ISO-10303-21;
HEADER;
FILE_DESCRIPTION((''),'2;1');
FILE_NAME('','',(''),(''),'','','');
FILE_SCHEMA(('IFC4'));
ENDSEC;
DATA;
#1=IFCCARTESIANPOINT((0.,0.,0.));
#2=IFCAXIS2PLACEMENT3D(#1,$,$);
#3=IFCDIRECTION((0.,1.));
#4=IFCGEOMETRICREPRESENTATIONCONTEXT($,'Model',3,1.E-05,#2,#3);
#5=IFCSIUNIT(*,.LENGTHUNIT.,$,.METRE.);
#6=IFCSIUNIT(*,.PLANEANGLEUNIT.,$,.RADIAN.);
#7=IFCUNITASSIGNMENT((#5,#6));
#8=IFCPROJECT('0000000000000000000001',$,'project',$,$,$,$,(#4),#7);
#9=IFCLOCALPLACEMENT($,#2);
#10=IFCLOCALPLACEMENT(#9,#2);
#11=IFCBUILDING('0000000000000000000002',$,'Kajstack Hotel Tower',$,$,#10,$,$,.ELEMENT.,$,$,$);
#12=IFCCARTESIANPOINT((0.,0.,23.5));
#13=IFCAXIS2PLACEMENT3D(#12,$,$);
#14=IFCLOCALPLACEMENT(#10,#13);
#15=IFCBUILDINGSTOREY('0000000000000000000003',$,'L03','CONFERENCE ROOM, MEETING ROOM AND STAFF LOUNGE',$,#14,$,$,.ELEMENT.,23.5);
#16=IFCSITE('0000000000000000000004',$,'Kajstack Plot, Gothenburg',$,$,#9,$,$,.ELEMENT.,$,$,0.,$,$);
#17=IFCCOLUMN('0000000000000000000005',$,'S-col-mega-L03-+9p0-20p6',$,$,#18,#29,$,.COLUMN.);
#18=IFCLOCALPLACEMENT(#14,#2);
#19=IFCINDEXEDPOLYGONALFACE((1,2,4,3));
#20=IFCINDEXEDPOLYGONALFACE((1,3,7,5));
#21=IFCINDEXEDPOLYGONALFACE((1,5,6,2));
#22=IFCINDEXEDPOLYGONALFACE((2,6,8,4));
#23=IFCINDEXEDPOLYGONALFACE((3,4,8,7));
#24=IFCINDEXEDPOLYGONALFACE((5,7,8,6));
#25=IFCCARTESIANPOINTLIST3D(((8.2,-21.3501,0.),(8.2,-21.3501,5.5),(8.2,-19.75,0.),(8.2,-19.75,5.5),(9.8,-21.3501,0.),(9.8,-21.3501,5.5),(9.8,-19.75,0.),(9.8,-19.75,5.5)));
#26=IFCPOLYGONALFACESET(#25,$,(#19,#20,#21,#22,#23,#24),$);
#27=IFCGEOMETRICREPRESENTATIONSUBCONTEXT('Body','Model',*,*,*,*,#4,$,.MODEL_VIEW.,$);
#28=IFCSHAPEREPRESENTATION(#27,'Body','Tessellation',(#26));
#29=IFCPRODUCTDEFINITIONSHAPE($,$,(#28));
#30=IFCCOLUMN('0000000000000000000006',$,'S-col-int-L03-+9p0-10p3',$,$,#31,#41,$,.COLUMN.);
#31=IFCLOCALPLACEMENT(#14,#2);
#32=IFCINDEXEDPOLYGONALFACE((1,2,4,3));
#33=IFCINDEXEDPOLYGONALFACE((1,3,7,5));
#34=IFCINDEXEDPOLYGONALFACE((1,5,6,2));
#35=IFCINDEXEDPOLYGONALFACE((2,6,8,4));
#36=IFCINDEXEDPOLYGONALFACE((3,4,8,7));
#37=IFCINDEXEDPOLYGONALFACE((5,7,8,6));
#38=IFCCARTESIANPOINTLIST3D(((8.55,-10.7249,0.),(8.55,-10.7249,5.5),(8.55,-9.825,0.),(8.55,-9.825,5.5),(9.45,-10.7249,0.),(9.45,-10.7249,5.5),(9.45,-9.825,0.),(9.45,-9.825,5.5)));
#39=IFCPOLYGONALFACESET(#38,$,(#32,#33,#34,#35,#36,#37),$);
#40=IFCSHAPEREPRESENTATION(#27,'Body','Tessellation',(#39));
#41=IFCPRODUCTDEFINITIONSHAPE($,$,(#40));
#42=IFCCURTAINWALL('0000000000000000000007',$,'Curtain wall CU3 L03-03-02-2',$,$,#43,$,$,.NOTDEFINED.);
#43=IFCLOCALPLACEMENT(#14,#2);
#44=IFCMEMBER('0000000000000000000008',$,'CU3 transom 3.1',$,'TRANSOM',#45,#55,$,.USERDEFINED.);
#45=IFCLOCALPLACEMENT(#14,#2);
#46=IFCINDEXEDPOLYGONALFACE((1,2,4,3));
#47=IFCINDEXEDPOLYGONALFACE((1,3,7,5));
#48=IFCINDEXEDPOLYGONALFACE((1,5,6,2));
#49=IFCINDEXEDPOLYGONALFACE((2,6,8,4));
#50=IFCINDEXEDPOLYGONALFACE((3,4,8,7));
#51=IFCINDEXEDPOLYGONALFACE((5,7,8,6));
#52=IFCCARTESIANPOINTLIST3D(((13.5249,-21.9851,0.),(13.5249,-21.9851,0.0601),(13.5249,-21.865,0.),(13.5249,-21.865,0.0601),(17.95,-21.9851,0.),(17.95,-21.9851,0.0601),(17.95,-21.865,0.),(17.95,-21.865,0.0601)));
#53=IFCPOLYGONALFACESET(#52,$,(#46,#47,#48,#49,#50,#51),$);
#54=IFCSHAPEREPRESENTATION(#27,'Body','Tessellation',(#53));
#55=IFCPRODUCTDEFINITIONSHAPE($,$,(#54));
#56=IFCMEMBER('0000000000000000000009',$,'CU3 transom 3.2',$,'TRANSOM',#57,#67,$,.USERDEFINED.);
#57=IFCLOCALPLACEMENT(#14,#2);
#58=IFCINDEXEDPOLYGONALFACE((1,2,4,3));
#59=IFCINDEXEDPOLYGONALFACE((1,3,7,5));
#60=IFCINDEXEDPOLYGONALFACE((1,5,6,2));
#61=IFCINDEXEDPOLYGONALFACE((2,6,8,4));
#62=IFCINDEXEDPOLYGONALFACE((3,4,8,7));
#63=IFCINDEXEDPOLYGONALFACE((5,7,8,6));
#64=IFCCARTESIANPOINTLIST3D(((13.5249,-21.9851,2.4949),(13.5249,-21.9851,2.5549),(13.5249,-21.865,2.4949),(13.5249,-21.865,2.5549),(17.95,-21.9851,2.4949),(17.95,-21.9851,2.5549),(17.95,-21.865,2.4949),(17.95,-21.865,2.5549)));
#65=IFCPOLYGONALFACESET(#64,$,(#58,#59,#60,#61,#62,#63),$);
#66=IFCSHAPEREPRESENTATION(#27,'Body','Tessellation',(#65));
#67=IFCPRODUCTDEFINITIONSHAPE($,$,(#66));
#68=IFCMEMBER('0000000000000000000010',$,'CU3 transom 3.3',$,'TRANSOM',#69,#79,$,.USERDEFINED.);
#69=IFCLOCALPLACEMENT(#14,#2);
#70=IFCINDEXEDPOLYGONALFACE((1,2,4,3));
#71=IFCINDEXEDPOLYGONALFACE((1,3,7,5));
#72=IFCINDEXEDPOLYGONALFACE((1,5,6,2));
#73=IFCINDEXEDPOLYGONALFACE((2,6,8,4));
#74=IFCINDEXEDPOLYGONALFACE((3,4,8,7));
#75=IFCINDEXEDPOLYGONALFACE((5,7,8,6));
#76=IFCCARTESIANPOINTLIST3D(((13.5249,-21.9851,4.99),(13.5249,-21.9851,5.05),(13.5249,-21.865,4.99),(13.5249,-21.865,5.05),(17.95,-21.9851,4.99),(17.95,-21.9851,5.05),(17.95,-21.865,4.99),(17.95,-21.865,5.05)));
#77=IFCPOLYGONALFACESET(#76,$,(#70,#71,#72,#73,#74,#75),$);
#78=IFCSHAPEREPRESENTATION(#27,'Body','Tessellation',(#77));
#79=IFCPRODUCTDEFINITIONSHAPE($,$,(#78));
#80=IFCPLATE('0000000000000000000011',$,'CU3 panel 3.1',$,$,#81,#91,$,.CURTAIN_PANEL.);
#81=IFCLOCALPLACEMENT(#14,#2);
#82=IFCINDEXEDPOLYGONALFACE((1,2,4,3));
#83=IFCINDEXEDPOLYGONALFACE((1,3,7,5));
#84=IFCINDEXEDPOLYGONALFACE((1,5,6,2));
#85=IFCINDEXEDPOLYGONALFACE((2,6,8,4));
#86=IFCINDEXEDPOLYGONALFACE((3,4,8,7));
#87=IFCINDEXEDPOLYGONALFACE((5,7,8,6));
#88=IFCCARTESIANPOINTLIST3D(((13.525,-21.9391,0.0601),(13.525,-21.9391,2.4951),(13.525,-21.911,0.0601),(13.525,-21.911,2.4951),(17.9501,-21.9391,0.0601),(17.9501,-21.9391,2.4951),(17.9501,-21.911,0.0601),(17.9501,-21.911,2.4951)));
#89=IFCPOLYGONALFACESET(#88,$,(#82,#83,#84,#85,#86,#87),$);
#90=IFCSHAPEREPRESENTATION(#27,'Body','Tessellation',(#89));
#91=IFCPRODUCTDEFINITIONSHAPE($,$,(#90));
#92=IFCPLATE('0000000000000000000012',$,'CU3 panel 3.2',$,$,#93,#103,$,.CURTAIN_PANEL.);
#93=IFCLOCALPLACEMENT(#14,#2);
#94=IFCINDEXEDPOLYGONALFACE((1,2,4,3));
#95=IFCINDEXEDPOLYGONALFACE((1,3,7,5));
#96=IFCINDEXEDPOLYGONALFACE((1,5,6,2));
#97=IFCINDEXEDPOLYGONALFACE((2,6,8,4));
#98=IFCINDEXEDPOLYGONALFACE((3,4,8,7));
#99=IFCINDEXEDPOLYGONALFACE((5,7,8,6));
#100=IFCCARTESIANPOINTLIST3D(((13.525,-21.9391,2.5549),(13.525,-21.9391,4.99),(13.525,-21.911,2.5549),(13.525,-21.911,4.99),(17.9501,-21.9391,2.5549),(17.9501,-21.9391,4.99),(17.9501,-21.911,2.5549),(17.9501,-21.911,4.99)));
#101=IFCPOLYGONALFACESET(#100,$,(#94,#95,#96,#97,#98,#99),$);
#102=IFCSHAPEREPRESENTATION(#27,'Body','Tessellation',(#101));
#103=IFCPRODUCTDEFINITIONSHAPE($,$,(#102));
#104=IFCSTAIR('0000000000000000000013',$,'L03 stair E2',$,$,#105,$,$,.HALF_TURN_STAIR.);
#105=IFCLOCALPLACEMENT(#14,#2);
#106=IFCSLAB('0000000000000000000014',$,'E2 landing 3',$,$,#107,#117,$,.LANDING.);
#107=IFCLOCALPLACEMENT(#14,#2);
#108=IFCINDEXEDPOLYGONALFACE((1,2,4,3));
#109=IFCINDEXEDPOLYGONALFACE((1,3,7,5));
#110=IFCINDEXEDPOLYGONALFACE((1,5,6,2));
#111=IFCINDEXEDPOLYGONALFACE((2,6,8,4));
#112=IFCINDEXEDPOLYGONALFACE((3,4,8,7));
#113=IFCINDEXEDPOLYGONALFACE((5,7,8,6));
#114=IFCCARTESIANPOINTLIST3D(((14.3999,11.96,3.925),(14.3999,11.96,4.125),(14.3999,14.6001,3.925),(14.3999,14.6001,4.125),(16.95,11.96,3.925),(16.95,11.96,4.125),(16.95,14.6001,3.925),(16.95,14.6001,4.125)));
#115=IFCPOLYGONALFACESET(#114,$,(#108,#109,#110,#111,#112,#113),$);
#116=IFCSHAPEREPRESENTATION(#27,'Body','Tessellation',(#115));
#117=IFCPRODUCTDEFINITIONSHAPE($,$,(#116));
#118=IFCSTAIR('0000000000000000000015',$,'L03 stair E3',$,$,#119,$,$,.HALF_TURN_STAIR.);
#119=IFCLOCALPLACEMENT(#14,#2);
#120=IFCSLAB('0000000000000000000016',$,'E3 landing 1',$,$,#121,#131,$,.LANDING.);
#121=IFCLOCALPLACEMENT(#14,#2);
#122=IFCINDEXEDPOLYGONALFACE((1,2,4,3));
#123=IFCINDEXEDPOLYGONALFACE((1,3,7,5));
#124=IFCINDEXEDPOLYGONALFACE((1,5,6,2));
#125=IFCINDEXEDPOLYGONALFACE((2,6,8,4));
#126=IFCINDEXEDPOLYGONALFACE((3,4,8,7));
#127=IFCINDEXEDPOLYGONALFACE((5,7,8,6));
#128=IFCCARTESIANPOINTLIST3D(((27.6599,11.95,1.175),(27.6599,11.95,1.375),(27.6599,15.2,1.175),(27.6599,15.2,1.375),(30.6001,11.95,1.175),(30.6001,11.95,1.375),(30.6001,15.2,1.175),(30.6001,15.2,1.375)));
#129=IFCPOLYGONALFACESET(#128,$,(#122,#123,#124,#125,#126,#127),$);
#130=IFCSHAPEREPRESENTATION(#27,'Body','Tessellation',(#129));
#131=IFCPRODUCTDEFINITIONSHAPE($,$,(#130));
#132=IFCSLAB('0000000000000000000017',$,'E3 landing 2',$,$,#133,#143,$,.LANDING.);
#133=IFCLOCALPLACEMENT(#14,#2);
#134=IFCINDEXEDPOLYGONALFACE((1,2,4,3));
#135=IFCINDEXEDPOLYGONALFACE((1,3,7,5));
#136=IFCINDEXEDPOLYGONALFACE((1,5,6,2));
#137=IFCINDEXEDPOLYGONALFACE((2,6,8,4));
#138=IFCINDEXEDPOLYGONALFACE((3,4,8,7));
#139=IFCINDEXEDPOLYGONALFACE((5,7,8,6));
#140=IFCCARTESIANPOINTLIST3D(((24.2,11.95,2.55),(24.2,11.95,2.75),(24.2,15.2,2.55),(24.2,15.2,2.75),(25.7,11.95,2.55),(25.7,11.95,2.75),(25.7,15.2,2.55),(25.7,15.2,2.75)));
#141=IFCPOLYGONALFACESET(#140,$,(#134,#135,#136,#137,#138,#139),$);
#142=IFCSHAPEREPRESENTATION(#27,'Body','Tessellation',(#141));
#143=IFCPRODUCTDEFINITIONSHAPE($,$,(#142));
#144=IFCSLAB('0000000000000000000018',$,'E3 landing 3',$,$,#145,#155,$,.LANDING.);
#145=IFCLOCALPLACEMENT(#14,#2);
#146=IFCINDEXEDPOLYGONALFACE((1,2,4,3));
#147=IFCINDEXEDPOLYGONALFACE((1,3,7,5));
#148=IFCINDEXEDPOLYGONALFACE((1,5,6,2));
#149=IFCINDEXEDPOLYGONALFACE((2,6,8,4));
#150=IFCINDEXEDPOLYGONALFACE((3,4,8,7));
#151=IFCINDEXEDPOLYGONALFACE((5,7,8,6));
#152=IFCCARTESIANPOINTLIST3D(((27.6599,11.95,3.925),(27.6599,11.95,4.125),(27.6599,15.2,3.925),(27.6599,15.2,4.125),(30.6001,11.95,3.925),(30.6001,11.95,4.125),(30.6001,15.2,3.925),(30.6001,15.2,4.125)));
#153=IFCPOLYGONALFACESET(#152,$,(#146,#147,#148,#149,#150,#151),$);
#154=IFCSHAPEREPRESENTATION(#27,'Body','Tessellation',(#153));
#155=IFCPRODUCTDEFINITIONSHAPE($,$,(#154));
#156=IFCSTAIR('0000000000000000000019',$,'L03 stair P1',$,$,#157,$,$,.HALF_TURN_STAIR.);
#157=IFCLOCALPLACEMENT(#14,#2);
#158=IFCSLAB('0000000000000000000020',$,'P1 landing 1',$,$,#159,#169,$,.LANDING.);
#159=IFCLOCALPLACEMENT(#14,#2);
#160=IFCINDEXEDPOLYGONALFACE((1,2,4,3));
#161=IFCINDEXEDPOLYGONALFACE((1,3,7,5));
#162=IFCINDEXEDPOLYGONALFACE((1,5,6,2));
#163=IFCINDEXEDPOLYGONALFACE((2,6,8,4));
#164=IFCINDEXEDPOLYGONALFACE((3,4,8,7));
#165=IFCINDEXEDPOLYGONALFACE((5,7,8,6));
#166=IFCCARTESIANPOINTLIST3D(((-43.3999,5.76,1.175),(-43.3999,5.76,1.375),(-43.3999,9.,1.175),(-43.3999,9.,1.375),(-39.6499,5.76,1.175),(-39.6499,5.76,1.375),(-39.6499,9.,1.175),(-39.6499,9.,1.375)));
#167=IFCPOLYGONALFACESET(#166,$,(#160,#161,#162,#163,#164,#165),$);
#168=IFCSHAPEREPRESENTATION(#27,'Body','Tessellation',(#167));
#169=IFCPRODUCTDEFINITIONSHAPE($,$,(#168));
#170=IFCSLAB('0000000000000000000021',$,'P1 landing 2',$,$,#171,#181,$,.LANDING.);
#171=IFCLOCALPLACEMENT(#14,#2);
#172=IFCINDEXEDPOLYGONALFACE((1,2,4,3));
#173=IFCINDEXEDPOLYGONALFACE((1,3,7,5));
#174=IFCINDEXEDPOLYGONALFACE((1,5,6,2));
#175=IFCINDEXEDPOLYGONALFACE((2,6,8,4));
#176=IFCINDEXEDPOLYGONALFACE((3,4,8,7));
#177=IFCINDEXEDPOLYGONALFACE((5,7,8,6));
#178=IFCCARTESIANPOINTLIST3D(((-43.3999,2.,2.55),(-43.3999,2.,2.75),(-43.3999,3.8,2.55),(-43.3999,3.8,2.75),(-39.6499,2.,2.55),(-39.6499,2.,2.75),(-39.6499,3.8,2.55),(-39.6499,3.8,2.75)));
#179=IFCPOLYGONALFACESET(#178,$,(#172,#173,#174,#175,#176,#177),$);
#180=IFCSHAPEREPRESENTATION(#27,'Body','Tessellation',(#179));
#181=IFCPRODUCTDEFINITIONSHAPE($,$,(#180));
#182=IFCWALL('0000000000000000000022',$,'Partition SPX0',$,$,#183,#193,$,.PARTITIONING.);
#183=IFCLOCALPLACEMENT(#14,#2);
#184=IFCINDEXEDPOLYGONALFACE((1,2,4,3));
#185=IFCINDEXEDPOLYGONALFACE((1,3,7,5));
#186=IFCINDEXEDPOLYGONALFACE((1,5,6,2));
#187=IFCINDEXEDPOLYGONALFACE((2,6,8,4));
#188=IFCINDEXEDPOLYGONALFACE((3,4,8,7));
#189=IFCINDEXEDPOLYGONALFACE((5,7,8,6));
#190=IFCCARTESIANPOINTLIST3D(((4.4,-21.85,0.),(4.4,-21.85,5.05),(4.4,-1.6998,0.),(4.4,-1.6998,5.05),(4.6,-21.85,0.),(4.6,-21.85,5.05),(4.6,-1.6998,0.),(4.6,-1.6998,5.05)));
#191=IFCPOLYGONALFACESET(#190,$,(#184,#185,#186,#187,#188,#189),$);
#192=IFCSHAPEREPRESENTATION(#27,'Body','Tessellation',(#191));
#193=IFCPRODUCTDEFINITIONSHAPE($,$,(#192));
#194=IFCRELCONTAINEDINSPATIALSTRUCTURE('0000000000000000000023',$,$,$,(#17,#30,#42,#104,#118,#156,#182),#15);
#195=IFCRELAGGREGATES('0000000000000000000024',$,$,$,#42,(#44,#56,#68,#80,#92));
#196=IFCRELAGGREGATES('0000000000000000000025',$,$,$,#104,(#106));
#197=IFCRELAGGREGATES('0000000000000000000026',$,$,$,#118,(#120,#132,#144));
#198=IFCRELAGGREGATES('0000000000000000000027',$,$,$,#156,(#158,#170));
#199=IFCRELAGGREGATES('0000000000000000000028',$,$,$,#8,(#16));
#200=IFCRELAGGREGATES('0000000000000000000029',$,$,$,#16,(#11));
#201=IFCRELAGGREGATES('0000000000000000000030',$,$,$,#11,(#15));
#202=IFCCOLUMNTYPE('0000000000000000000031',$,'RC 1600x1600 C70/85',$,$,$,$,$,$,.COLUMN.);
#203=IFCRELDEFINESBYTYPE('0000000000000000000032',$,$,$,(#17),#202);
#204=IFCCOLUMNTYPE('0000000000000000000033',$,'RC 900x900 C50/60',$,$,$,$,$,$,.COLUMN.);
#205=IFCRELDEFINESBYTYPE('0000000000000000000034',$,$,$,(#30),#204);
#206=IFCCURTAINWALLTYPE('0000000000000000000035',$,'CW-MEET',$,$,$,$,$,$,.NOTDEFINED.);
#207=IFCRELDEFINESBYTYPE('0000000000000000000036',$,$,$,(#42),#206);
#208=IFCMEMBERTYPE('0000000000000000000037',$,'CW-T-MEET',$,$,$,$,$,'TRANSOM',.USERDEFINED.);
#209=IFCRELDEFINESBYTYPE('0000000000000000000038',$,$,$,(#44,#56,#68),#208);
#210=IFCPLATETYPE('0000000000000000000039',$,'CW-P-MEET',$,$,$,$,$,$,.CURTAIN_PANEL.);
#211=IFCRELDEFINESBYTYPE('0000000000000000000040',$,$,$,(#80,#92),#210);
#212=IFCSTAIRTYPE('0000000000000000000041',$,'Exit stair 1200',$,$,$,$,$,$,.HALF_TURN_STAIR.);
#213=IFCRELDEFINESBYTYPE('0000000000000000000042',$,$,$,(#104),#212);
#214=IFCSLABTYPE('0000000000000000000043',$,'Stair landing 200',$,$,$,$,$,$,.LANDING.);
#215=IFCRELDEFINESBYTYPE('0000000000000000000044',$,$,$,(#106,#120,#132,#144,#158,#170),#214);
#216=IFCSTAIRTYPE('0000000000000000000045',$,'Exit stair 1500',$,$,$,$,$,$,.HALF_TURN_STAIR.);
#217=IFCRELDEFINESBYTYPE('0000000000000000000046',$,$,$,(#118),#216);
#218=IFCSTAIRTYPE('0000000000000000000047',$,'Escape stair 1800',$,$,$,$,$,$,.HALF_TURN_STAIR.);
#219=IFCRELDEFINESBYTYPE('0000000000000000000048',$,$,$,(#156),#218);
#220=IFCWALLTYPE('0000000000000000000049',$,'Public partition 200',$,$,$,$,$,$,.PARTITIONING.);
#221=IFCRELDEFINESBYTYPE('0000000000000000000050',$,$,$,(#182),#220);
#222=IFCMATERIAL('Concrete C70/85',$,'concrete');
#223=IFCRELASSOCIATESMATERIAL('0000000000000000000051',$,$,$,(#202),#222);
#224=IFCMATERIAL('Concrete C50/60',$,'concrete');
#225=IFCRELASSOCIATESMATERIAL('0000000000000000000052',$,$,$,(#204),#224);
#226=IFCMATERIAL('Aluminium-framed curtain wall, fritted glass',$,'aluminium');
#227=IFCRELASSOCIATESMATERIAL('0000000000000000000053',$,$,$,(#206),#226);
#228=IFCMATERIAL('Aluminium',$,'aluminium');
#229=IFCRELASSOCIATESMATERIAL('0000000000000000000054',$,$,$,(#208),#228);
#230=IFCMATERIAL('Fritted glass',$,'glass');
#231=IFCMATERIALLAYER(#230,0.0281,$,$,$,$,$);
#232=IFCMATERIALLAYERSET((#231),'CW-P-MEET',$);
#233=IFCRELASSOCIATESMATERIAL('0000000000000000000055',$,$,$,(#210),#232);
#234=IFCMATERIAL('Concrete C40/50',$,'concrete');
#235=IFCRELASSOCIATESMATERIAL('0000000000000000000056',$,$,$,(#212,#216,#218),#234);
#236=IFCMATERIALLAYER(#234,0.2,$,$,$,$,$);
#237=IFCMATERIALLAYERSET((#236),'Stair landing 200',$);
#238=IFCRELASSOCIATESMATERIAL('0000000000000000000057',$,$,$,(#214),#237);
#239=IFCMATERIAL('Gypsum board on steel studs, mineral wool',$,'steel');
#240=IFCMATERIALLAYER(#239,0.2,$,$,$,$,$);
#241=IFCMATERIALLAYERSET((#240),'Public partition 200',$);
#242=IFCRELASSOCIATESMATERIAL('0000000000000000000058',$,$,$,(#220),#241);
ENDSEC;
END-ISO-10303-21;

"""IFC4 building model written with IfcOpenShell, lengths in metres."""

from ifc_helpers import new_model, si_unit, direction, frame, frame_2d, origin, origin_2d, place, context, subcontext, project, spatial, polyline, rectangle, outline, extrude, material, layer, layer_set, material_profile, profile_set, type_object, element, aggregate, save


model = new_model("IFC4")

# Units and contexts
model_context = context("Model", 3, precision=1e-05, world=origin(), true_north=direction((0.0, 1.0)))
body_context = subcontext(model_context, "Body", "Model", "MODEL_VIEW")
ifc_project = project(units=[si_unit("LENGTHUNIT", "METRE"), si_unit("PLANEANGLEUNIT", "RADIAN")], contexts=[model_context])

# Site, building, storey
site_placement = place(None, origin())
site = spatial("IfcSite", under=ifc_project, at=site_placement, Name="Kajstack Plot, Gothenburg", CompositionType="ELEMENT", RefElevation=0.0)
building_placement = place(site_placement, origin())
building = spatial("IfcBuilding", under=site, at=building_placement, Name="Kajstack Hotel Tower", CompositionType="ELEMENT")
storey_placement = place(building_placement, frame((0.0, 0.0, 23.5)))
storey = spatial("IfcBuildingStorey", under=building, at=storey_placement, Name="L03", Description="CONFERENCE ROOM, MEETING ROOM AND STAFF LOUNGE", CompositionType="ELEMENT", Elevation=23.5)

# Columns
ifc_material_1 = material(Name="Concrete C70/85", Category="concrete")
ifc_material_profile_1 = material_profile(ifc_material_1, rectangle(XDim=1.6001, YDim=1.6001, at=origin_2d()), Name="RC 1600x1600")
ifc_profile_set_1 = profile_set([ifc_material_profile_1], Name="Concrete C70/85")
column_type_1 = type_object("IfcColumnType", Name="RC 1600x1600 C70/85", PredefinedType="COLUMN", material=ifc_profile_set_1)
column_1_placement = place(storey_placement, frame((9.0, -20.55, 0.0), z_axis=(0.0, 0.0, 1.0), x_axis=(1.0, 0.0, 0.0)))
element("IfcColumn", 1, at=column_1_placement, inside=storey, type_object=column_type_1, Name="S-col-mega-L03-+9p0-20p6", PredefinedType="COLUMN", context=body_context, shape_type="SweptSolid", body=[
    extrude(rectangle(XDim=1.6001, YDim=1.6001, at=origin_2d()), origin(), (0.0, 0.0, 1.0), 5.5),
])
ifc_material_2 = material(Name="Concrete C50/60", Category="concrete")
ifc_material_profile_2 = material_profile(ifc_material_2, rectangle(XDim=0.8999, YDim=0.8999, at=origin_2d()), Name="RC 900x900")
ifc_profile_set_2 = profile_set([ifc_material_profile_2], Name="Concrete C50/60")
column_type_2 = type_object("IfcColumnType", Name="RC 900x900 C50/60", PredefinedType="COLUMN", material=ifc_profile_set_2)
column_2_placement = place(storey_placement, frame((9.0, -10.2749, 0.0), z_axis=(0.0, 0.0, 1.0), x_axis=(1.0, 0.0, 0.0)))
element("IfcColumn", 2, at=column_2_placement, inside=storey, type_object=column_type_2, Name="S-col-int-L03-+9p0-10p3", PredefinedType="COLUMN", context=body_context, shape_type="SweptSolid", body=[
    extrude(rectangle(XDim=0.8999, YDim=0.8999, at=origin_2d()), origin(), (0.0, 0.0, 1.0), 5.5),
])

# Curtain wall, members, plates
ifc_material_3 = material(Name="Aluminium-framed curtain wall, fritted glass", Category="aluminium")
curtain_wall_type = type_object("IfcCurtainWallType", Name="CW-MEET", PredefinedType="NOTDEFINED", material=ifc_material_3)
curtain_wall_placement = place(storey_placement, origin())
curtain_wall = element("IfcCurtainWall", 3, at=curtain_wall_placement, inside=storey, type_object=curtain_wall_type, Name="Curtain wall CU3 L03-03-02-2", PredefinedType="NOTDEFINED")
ifc_material_4 = material(Name="Aluminium", Category="aluminium")
ifc_material_profile_3 = material_profile(ifc_material_4, rectangle(XDim=0.1201, YDim=0.0601, at=origin_2d()), Name="Aluminium transom 120 x 60")
ifc_profile_set_3 = profile_set([ifc_material_profile_3], Name="Aluminium")
member_type = type_object("IfcMemberType", Name="CW-T-MEET", ElementType="TRANSOM", PredefinedType="USERDEFINED", material=ifc_profile_set_3)
member_1_placement = place(storey_placement, frame((13.5249, -21.925, 0.03), z_axis=(1.0, 0.0, 0.0), x_axis=(0.0, 1.0, 0.0)))
member_1 = element("IfcMember", 4, at=member_1_placement, type_object=member_type, Name="CU3 transom 3.1", ObjectType="TRANSOM", PredefinedType="USERDEFINED", context=body_context, shape_type="SweptSolid", body=[
    extrude(rectangle(XDim=0.1201, YDim=0.0601, at=origin_2d()), origin(), (0.0, 0.0, 1.0), 4.425),
])
member_2_placement = place(storey_placement, frame((13.5249, -21.925, 2.5249), z_axis=(1.0, 0.0, 0.0), x_axis=(0.0, 1.0, 0.0)))
member_2 = element("IfcMember", 5, at=member_2_placement, type_object=member_type, Name="CU3 transom 3.2", ObjectType="TRANSOM", PredefinedType="USERDEFINED", context=body_context, shape_type="SweptSolid", body=[
    extrude(rectangle(XDim=0.1201, YDim=0.0601, at=origin_2d()), origin(), (0.0, 0.0, 1.0), 4.425),
])
member_3_placement = place(storey_placement, frame((13.5249, -21.925, 5.02), z_axis=(1.0, 0.0, 0.0), x_axis=(0.0, 1.0, 0.0)))
member_3 = element("IfcMember", 6, at=member_3_placement, type_object=member_type, Name="CU3 transom 3.3", ObjectType="TRANSOM", PredefinedType="USERDEFINED", context=body_context, shape_type="SweptSolid", body=[
    extrude(rectangle(XDim=0.1201, YDim=0.0601, at=origin_2d()), origin(), (0.0, 0.0, 1.0), 4.425),
])
ifc_material_5 = material(Name="Fritted glass", Category="glass")
ifc_layer_1 = layer(ifc_material_5, 0.0281)
ifc_layer_set_1 = layer_set([ifc_layer_1], Name="CW-P-MEET")
plate_type = type_object("IfcPlateType", Name="CW-P-MEET", PredefinedType="CURTAIN_PANEL", material=ifc_layer_set_1)
plate_1_placement = place(storey_placement, frame((15.7375, -21.925, 0.0601), z_axis=(0.0, 0.0, 1.0), x_axis=(1.0, 0.0, 0.0)))
plate_1 = element("IfcPlate", 7, at=plate_1_placement, type_object=plate_type, Name="CU3 panel 3.1", PredefinedType="CURTAIN_PANEL", context=body_context, shape_type="SweptSolid", body=[
    extrude(rectangle(XDim=4.425, YDim=0.0281, at=origin_2d()), origin(), (0.0, 0.0, 1.0), 2.4351),
])
plate_2_placement = place(storey_placement, frame((15.7375, -21.925, 2.5549), z_axis=(0.0, 0.0, 1.0), x_axis=(1.0, 0.0, 0.0)))
plate_2 = element("IfcPlate", 8, at=plate_2_placement, type_object=plate_type, Name="CU3 panel 3.2", PredefinedType="CURTAIN_PANEL", context=body_context, shape_type="SweptSolid", body=[
    extrude(rectangle(XDim=4.425, YDim=0.0281, at=origin_2d()), origin(), (0.0, 0.0, 1.0), 2.4351),
])
aggregate(curtain_wall, [member_1, member_2, member_3, plate_1, plate_2])

# Stair, slab
ifc_material_6 = material(Name="Concrete C40/50", Category="concrete")
stair_type_1 = type_object("IfcStairType", Name="Exit stair 1200", PredefinedType="HALF_TURN_STAIR", material=ifc_material_6)
stair_1_placement = place(storey_placement, origin())
stair_1 = element("IfcStair", 9, at=stair_1_placement, inside=storey, type_object=stair_type_1, Name="L03 stair E2", PredefinedType="HALF_TURN_STAIR")
ifc_layer_2 = layer(ifc_material_6, 0.2)
ifc_layer_set_2 = layer_set([ifc_layer_2], Name="Stair landing 200")
slab_type = type_object("IfcSlabType", Name="Stair landing 200", PredefinedType="LANDING", material=ifc_layer_set_2)
slab_1_placement = place(storey_placement, frame((0.0, 0.0, 3.925)))
slab_1 = element("IfcSlab", 10, at=slab_1_placement, type_object=slab_type, Name="E2 landing 3", PredefinedType="LANDING", context=body_context, shape_type="SweptSolid", body=[
    extrude(outline(polyline([(16.95, 11.96), (16.95, 14.6001), (14.3999, 14.6001), (14.3999, 11.96), (16.95, 11.96)])), origin(), (0.0, 0.0, 1.0), 0.2),
])
aggregate(stair_1, [slab_1])

# Stairs, slabs
stair_type_2 = type_object("IfcStairType", Name="Exit stair 1500", PredefinedType="HALF_TURN_STAIR", material=ifc_material_6)
stair_2_placement = place(storey_placement, origin())
stair_2 = element("IfcStair", 11, at=stair_2_placement, inside=storey, type_object=stair_type_2, Name="L03 stair E3", PredefinedType="HALF_TURN_STAIR")
slab_2_placement = place(storey_placement, frame((0.0, 0.0, 1.175)))
slab_2 = element("IfcSlab", 12, at=slab_2_placement, type_object=slab_type, Name="E3 landing 1", PredefinedType="LANDING", context=body_context, shape_type="SweptSolid", body=[
    extrude(outline(polyline([(27.6599, 11.95), (30.6001, 11.95), (30.6001, 15.2), (27.6599, 15.2), (27.6599, 11.95)])), origin(), (0.0, 0.0, 1.0), 0.2),
])
slab_3_placement = place(storey_placement, frame((0.0, 0.0, 2.55)))
slab_3 = element("IfcSlab", 13, at=slab_3_placement, type_object=slab_type, Name="E3 landing 2", PredefinedType="LANDING", context=body_context, shape_type="SweptSolid", body=[
    extrude(outline(polyline([(24.2, 11.95), (25.7, 11.95), (25.7, 15.2), (24.2, 15.2), (24.2, 11.95)])), origin(), (0.0, 0.0, 1.0), 0.2),
])
slab_4_placement = place(storey_placement, frame((0.0, 0.0, 3.925)))
slab_4 = element("IfcSlab", 14, at=slab_4_placement, type_object=slab_type, Name="E3 landing 3", PredefinedType="LANDING", context=body_context, shape_type="SweptSolid", body=[
    extrude(outline(polyline([(27.6599, 11.95), (30.6001, 11.95), (30.6001, 15.2), (27.6599, 15.2), (27.6599, 11.95)])), origin(), (0.0, 0.0, 1.0), 0.2),
])
aggregate(stair_2, [slab_2, slab_3, slab_4])
stair_type_3 = type_object("IfcStairType", Name="Escape stair 1800", PredefinedType="HALF_TURN_STAIR", material=ifc_material_6)
stair_3_placement = place(storey_placement, origin())
stair_3 = element("IfcStair", 15, at=stair_3_placement, inside=storey, type_object=stair_type_3, Name="L03 stair P1", PredefinedType="HALF_TURN_STAIR")
slab_5_placement = place(storey_placement, frame((0.0, 0.0, 1.175)))
slab_5 = element("IfcSlab", 16, at=slab_5_placement, type_object=slab_type, Name="P1 landing 1", PredefinedType="LANDING", context=body_context, shape_type="SweptSolid", body=[
    extrude(outline(polyline([(-39.6499, 5.76), (-39.6499, 9.0), (-43.3999, 9.0), (-43.3999, 5.76), (-39.6499, 5.76)])), origin(), (0.0, 0.0, 1.0), 0.2),
])
slab_6_placement = place(storey_placement, frame((0.0, 0.0, 2.55)))
slab_6 = element("IfcSlab", 17, at=slab_6_placement, type_object=slab_type, Name="P1 landing 2", PredefinedType="LANDING", context=body_context, shape_type="SweptSolid", body=[
    extrude(outline(polyline([(-39.6499, 2.0), (-39.6499, 3.8), (-43.3999, 3.8), (-43.3999, 2.0), (-39.6499, 2.0)])), origin(), (0.0, 0.0, 1.0), 0.2),
])
aggregate(stair_3, [slab_5, slab_6])

# Wall
ifc_material_7 = material(Name="Gypsum board on steel studs, mineral wool", Category="steel")
ifc_layer_3 = layer(ifc_material_7, 0.2)
ifc_layer_set_3 = layer_set([ifc_layer_3], Name="Public partition 200")
wall_type = type_object("IfcWallType", Name="Public partition 200", PredefinedType="PARTITIONING", material=ifc_layer_set_3)
wall_1_placement = place(storey_placement, frame((4.5, -21.8501, 0.0), z_axis=(0.0, 0.0, 1.0), x_axis=(0.0, 1.0, 0.0)))
element("IfcWall", 18, at=wall_1_placement, inside=storey, type_object=wall_type, Name="Partition SPX0", PredefinedType="PARTITIONING", context=body_context, shape_type="SweptSolid", body=[
    extrude(rectangle(XDim=20.1501, YDim=0.2, at=frame_2d((10.0752, 0.0))), origin(), (0.0, 0.0, 1.0), 5.05),
])

save(model, "model.ifc")
